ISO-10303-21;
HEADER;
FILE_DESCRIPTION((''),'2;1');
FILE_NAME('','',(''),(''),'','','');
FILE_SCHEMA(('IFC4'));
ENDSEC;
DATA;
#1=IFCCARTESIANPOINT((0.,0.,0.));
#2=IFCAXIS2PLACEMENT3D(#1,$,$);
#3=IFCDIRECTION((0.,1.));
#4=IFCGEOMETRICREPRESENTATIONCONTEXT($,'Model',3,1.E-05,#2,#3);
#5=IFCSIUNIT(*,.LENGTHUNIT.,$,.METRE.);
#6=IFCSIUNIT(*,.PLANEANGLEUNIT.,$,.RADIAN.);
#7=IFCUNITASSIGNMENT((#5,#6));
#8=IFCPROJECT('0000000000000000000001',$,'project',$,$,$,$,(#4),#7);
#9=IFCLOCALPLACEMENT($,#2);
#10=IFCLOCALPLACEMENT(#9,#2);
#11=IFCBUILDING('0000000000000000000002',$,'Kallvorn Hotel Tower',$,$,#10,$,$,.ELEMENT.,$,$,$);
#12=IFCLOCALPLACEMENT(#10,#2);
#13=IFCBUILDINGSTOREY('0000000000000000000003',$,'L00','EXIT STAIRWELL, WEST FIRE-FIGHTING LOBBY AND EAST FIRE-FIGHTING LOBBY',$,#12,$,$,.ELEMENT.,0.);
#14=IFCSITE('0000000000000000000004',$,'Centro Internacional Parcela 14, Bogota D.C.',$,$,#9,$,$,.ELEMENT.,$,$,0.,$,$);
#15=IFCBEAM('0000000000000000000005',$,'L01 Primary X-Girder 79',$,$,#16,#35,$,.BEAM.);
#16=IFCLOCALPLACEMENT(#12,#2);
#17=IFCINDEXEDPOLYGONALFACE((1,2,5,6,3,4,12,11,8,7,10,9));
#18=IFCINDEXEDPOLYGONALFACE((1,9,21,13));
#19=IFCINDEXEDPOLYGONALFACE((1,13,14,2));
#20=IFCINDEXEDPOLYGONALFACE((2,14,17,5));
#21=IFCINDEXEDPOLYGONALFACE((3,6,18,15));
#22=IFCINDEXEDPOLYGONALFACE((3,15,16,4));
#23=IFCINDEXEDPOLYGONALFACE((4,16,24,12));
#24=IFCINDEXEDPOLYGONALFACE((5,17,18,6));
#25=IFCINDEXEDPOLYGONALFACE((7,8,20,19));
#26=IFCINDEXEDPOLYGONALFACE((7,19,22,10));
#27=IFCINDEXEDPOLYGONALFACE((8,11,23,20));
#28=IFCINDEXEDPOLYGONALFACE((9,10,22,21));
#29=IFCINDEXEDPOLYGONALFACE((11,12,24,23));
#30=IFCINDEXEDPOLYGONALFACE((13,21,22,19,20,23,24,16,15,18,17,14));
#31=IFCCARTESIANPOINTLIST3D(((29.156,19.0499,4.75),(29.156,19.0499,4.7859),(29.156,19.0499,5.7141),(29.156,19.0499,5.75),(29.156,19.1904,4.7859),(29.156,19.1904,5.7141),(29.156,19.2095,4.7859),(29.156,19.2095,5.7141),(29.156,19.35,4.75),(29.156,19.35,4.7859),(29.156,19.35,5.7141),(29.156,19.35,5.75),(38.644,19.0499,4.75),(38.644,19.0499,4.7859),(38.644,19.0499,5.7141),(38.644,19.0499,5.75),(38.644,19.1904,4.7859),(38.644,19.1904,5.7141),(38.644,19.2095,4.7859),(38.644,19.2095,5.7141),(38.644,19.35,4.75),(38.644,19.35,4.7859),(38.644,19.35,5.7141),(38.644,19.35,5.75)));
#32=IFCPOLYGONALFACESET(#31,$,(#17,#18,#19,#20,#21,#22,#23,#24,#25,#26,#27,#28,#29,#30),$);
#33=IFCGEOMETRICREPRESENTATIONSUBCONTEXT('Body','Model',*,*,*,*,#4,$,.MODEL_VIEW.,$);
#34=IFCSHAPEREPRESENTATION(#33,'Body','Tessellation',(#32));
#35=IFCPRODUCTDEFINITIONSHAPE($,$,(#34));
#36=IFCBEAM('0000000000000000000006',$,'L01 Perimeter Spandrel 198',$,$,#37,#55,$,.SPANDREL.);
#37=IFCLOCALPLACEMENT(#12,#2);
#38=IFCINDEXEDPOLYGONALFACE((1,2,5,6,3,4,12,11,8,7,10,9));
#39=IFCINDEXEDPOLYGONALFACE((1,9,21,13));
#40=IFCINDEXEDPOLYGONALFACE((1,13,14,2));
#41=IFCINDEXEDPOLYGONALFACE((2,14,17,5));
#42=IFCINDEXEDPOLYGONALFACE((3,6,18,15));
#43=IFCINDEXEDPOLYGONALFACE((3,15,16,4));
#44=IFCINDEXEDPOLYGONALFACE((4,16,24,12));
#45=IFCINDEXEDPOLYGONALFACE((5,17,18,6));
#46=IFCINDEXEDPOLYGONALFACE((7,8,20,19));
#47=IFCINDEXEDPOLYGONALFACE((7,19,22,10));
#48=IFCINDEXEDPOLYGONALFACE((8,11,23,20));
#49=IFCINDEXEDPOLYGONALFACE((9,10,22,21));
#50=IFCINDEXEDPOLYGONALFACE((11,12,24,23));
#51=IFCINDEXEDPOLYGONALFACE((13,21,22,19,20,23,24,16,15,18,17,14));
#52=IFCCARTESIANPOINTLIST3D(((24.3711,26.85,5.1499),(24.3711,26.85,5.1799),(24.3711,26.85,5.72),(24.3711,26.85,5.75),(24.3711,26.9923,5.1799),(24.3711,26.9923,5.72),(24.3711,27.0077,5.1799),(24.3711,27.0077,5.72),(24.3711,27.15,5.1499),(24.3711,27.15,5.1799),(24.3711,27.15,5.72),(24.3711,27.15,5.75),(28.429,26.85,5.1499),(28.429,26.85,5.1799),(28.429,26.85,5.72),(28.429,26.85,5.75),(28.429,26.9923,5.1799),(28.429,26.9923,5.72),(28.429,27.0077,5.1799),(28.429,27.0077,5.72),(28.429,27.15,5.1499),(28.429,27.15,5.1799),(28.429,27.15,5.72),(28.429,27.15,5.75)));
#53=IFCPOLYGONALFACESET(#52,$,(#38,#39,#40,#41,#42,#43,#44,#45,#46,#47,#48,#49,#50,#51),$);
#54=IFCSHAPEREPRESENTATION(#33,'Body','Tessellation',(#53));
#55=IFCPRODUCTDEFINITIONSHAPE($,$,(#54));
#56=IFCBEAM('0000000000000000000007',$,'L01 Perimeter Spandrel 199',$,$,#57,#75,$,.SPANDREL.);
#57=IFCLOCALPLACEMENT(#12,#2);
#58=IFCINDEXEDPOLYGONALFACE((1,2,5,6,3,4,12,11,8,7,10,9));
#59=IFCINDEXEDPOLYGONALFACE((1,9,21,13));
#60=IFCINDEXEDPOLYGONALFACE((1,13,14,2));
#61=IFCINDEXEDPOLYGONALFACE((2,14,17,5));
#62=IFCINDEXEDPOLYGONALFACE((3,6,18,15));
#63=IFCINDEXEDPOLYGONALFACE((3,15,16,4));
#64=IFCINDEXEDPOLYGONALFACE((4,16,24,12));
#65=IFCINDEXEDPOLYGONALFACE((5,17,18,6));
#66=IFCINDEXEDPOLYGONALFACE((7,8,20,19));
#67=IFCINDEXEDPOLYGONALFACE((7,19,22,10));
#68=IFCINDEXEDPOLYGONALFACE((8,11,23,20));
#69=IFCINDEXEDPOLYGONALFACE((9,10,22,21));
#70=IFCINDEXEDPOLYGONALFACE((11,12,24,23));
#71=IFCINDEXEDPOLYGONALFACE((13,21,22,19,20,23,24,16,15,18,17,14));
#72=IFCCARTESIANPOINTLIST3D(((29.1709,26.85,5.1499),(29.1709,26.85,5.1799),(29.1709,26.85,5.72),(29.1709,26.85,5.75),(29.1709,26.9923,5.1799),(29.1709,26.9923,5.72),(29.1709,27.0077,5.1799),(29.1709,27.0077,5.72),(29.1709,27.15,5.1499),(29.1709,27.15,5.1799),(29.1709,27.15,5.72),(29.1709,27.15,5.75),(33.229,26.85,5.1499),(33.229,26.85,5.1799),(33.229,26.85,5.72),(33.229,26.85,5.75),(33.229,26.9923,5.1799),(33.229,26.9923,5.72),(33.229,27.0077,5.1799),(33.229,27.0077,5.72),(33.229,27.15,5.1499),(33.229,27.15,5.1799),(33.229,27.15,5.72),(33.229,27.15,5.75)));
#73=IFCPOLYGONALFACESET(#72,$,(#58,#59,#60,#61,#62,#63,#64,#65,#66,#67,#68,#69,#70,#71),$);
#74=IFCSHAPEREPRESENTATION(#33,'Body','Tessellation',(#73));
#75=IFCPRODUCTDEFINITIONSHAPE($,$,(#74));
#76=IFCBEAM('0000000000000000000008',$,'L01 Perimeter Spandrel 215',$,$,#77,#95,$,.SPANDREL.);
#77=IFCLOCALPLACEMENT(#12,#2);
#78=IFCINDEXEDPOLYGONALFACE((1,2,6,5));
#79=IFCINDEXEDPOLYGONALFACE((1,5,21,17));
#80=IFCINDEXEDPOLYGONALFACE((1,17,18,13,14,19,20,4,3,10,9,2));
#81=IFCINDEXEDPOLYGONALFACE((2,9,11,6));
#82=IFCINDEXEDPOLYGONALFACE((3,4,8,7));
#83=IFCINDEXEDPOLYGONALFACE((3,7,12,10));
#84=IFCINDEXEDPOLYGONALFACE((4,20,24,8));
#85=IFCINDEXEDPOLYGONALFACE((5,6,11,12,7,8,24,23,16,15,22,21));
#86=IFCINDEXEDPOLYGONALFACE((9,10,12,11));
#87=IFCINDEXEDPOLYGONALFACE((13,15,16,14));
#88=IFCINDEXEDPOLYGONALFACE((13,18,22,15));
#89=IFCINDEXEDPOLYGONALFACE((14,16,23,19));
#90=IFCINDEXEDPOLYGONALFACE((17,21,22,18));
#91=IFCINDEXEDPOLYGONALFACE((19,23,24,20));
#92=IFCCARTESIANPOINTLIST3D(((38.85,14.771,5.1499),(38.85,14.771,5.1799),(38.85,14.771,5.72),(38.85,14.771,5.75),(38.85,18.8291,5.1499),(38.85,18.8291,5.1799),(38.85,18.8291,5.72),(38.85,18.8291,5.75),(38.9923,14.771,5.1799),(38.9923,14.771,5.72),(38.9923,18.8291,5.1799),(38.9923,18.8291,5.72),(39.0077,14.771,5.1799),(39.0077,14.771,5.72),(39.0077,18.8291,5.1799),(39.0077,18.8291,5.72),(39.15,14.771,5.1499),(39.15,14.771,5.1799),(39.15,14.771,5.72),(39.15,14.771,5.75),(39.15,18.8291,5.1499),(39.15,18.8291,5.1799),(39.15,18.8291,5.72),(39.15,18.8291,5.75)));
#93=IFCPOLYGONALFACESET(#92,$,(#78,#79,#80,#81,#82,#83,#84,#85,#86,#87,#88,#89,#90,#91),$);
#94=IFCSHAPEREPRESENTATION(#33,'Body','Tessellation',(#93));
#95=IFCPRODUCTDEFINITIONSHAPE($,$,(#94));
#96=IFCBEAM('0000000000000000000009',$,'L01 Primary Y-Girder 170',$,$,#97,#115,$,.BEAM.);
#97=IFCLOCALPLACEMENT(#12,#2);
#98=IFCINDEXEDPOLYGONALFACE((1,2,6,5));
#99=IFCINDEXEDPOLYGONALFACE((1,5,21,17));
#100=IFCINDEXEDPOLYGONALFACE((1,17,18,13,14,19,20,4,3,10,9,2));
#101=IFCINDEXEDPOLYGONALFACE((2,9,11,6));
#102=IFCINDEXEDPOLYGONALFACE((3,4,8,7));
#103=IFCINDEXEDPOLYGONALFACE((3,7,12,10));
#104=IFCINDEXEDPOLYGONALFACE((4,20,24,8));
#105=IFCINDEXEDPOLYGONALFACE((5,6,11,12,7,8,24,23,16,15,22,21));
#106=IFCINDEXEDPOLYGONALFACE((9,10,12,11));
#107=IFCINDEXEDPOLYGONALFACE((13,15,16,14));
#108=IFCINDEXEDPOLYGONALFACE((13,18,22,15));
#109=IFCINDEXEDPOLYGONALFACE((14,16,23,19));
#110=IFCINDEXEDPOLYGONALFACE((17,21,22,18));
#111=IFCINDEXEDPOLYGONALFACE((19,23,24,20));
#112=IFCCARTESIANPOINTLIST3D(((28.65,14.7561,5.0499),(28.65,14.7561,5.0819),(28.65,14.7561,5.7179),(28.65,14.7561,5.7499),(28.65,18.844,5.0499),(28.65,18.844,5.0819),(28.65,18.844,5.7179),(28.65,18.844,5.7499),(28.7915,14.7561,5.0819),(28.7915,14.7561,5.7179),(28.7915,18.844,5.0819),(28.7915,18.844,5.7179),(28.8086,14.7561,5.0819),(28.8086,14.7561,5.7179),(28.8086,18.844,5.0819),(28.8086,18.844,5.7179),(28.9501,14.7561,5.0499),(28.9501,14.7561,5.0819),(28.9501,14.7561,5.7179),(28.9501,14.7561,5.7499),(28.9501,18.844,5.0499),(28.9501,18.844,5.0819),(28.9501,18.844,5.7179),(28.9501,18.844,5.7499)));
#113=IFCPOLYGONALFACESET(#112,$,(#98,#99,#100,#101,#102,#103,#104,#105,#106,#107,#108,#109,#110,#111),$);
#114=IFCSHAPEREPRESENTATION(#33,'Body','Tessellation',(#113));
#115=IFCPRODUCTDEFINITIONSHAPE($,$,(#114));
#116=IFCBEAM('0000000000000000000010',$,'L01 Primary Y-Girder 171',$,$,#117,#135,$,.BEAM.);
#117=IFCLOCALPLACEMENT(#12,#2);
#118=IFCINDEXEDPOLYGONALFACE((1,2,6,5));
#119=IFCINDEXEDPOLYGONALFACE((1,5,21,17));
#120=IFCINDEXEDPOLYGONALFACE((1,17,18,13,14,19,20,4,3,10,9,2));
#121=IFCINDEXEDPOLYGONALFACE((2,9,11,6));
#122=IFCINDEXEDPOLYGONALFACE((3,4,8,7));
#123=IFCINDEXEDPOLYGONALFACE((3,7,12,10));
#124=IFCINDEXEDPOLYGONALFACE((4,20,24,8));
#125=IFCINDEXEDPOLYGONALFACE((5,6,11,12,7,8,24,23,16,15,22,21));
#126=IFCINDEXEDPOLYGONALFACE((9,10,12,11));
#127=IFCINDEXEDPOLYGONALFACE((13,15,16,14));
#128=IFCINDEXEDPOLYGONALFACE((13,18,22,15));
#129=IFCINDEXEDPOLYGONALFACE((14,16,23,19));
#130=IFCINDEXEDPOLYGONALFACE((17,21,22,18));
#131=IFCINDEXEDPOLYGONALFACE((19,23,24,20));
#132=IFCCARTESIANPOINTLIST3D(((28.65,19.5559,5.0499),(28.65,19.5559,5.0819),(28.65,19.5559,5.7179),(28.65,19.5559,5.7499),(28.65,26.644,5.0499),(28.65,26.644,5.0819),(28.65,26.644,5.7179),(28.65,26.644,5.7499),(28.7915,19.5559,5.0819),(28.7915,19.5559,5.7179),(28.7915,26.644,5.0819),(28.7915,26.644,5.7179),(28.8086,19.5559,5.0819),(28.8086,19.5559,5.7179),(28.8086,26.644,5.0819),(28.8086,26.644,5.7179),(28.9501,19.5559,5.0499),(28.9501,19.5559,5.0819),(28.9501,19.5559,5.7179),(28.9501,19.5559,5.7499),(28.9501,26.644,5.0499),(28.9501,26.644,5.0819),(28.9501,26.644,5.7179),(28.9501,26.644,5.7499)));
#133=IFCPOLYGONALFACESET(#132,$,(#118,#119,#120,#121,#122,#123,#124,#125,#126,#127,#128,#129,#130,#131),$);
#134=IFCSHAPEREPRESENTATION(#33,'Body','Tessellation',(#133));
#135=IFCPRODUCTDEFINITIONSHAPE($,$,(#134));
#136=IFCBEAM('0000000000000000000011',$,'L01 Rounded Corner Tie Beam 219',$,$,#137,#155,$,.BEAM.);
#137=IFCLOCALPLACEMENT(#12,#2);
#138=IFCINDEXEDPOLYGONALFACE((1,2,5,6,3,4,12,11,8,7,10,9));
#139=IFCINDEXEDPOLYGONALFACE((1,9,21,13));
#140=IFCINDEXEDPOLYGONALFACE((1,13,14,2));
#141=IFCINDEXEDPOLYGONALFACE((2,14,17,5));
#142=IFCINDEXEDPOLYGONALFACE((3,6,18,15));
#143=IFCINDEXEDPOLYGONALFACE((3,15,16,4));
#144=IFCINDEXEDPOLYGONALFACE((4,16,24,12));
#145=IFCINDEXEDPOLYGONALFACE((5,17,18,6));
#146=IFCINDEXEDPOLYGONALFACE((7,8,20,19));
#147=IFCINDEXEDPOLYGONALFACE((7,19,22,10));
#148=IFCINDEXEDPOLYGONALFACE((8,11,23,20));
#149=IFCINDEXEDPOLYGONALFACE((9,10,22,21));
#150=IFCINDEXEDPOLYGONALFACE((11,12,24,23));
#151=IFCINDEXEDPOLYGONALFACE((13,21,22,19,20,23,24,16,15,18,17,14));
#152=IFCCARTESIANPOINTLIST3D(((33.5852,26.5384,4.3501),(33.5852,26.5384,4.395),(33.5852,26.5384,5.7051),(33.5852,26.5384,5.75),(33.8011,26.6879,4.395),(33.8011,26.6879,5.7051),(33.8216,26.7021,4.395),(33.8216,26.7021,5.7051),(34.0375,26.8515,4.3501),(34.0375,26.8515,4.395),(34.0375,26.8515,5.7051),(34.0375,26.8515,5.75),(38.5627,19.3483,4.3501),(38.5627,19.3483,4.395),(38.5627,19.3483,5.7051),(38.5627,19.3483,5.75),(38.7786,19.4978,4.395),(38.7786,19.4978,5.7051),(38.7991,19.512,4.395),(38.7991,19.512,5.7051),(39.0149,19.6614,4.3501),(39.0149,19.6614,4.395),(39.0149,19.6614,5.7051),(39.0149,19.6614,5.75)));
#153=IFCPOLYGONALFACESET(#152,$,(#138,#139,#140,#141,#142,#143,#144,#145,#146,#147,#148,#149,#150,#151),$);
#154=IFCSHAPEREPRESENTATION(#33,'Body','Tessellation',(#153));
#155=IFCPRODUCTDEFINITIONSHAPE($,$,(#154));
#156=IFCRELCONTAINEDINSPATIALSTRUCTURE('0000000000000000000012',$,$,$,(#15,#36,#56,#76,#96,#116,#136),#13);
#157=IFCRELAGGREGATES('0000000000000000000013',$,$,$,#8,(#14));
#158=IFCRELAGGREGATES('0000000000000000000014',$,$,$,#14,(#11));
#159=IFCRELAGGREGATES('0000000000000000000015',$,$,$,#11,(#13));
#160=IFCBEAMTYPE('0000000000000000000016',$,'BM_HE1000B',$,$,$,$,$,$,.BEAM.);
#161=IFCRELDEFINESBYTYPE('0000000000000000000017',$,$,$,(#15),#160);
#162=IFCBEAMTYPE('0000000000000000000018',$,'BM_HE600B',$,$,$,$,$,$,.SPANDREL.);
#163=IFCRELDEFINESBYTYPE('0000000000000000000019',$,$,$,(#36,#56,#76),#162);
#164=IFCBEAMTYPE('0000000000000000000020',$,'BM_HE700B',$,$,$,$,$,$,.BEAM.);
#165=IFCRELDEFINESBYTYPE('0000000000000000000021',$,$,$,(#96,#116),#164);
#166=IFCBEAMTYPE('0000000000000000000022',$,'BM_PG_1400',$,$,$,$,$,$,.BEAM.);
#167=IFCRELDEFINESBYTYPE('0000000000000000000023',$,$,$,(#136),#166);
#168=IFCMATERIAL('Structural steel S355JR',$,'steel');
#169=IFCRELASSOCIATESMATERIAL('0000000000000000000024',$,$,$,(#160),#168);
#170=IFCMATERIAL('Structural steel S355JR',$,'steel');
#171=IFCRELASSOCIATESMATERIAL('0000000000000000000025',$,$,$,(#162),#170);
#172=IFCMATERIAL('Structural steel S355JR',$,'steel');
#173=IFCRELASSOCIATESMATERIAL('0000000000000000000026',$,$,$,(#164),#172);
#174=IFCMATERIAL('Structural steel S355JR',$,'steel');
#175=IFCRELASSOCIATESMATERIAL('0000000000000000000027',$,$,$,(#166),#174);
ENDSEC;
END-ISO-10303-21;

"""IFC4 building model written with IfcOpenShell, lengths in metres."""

from ifc_helpers import new_model, si_unit, direction, frame, origin, origin_2d, place, context, subcontext, project, spatial, i_section, extrude, material, material_profile, profile_set, type_object, element, save


model = new_model("IFC4")

# Units and contexts
model_context = context("Model", 3, precision=1e-05, world=origin(), true_north=direction((0.0, 1.0)))
body_context = subcontext(model_context, "Body", "Model", "MODEL_VIEW")
ifc_project = project(units=[si_unit("LENGTHUNIT", "METRE"), si_unit("PLANEANGLEUNIT", "RADIAN")], contexts=[model_context])

# Site, building, storey
site_placement = place(None, origin())
site = spatial("IfcSite", under=ifc_project, at=site_placement, Name="Centro Internacional Parcela 14, Bogota D.C.", CompositionType="ELEMENT", RefElevation=0.0)
building_placement = place(site_placement, origin())
building = spatial("IfcBuilding", under=site, at=building_placement, Name="Kallvorn Hotel Tower", CompositionType="ELEMENT")
storey_placement = place(building_placement, origin())
storey = spatial("IfcBuildingStorey", under=building, at=storey_placement, Name="L00", Description="EXIT STAIRWELL, WEST FIRE-FIGHTING LOBBY AND EAST FIRE-FIGHTING LOBBY", CompositionType="ELEMENT", Elevation=0.0)

# Beams
ifc_material_1 = material(Name="Structural steel S355JR", Category="steel")
ifc_material_profile_1 = material_profile(ifc_material_1, i_section(OverallWidth=0.3, OverallDepth=1.0, WebThickness=0.019, FlangeThickness=0.0359, at=origin_2d()), Name="HE 1000 B")
ifc_profile_set_1 = profile_set([ifc_material_profile_1], Name="Structural steel S355JR")
beam_type_1 = type_object("IfcBeamType", Name="BM_HE1000B", PredefinedType="BEAM", material=ifc_profile_set_1)
for number, where, z_axis, x_axis, name in (
    (1, (29.156, 19.2, 5.25), (1.0, 0.0, 0.0), (0.0, 1.0, 0.0), "L01 Primary X-Girder 79"),
):
    element("IfcBeam", number, at=place(storey_placement, frame(where, z_axis=z_axis, x_axis=x_axis)), inside=storey, type_object=beam_type_1, Name=name, PredefinedType="BEAM", context=body_context, shape_type="SweptSolid", body=[
        extrude(i_section(OverallWidth=0.3, OverallDepth=1.0, WebThickness=0.019, FlangeThickness=0.0359, at=origin_2d()), origin(), (0.0, 0.0, 1.0), 9.488),
    ])
ifc_material_2 = material(Name="Structural steel S355JR", Category="steel")
ifc_material_profile_2 = material_profile(ifc_material_2, i_section(OverallWidth=0.3, OverallDepth=0.6001, WebThickness=0.0154, FlangeThickness=0.03, at=origin_2d()), Name="HE 600 B")
ifc_profile_set_2 = profile_set([ifc_material_profile_2], Name="Structural steel S355JR")
beam_type_2 = type_object("IfcBeamType", Name="BM_HE600B", PredefinedType="SPANDREL", material=ifc_profile_set_2)
beam_1_placement = place(storey_placement, frame((24.3711, 27.0, 5.45), z_axis=(1.0, 0.0, 0.0), x_axis=(0.0, 1.0, 0.0)))
element("IfcBeam", 2, at=beam_1_placement, inside=storey, type_object=beam_type_2, Name="L01 Perimeter Spandrel 198", PredefinedType="SPANDREL", context=body_context, shape_type="SweptSolid", body=[
    extrude(i_section(OverallWidth=0.3, OverallDepth=0.6001, WebThickness=0.0154, FlangeThickness=0.03, at=origin_2d()), origin(), (0.0, 0.0, 1.0), 4.0579),
])
for number, where, z_axis, x_axis, name in (
    (3, (29.1709, 27.0, 5.45), (1.0, 0.0, 0.0), (0.0, 1.0, 0.0), "L01 Perimeter Spandrel 199"),
    (4, (39.0, 14.771, 5.45), (0.0, 1.0, 0.0), (-1.0, 0.0, 0.0), "L01 Perimeter Spandrel 215"),
):
    element("IfcBeam", number, at=place(storey_placement, frame(where, z_axis=z_axis, x_axis=x_axis)), inside=storey, type_object=beam_type_2, Name=name, PredefinedType="SPANDREL", context=body_context, shape_type="SweptSolid", body=[
        extrude(i_section(OverallWidth=0.3, OverallDepth=0.6001, WebThickness=0.0154, FlangeThickness=0.03, at=origin_2d()), origin(), (0.0, 0.0, 1.0), 4.0581),
    ])
ifc_material_3 = material(Name="Structural steel S355JR", Category="steel")
ifc_material_profile_3 = material_profile(ifc_material_3, i_section(OverallWidth=0.3, OverallDepth=0.7, WebThickness=0.0171, FlangeThickness=0.032, at=origin_2d()), Name="HE 700 B")
ifc_profile_set_3 = profile_set([ifc_material_profile_3], Name="Structural steel S355JR")
beam_type_3 = type_object("IfcBeamType", Name="BM_HE700B", PredefinedType="BEAM", material=ifc_profile_set_3)
beam_2_placement = place(storey_placement, frame((28.8, 14.7561, 5.3999), z_axis=(0.0, 1.0, 0.0), x_axis=(-1.0, 0.0, 0.0)))
element("IfcBeam", 5, at=beam_2_placement, inside=storey, type_object=beam_type_3, Name="L01 Primary Y-Girder 170", PredefinedType="BEAM", context=body_context, shape_type="SweptSolid", body=[
    extrude(i_section(OverallWidth=0.3, OverallDepth=0.7, WebThickness=0.0171, FlangeThickness=0.032, at=origin_2d()), origin(), (0.0, 0.0, 1.0), 4.0879),
])
beam_3_placement = place(storey_placement, frame((28.8, 19.5559, 5.3999), z_axis=(0.0, 1.0, 0.0), x_axis=(-1.0, 0.0, 0.0)))
element("IfcBeam", 6, at=beam_3_placement, inside=storey, type_object=beam_type_3, Name="L01 Primary Y-Girder 171", PredefinedType="BEAM", context=body_context, shape_type="SweptSolid", body=[
    extrude(i_section(OverallWidth=0.3, OverallDepth=0.7, WebThickness=0.0171, FlangeThickness=0.032, at=origin_2d()), origin(), (0.0, 0.0, 1.0), 7.0881),
])
ifc_material_4 = material(Name="Structural steel S355JR", Category="steel")
ifc_material_profile_4 = material_profile(ifc_material_4, i_section(OverallWidth=0.55, OverallDepth=1.3999, WebThickness=0.0249, FlangeThickness=0.0449, at=origin_2d()), Name="PG 1400x550x25x45")
ifc_profile_set_4 = profile_set([ifc_material_profile_4], Name="Structural steel S355JR")
beam_type_4 = type_object("IfcBeamType", Name="BM_PG_1400", PredefinedType="BEAM", material=ifc_profile_set_4)
beam_4_placement = place(storey_placement, frame((38.7888, 19.5049, 5.05), z_axis=(-0.569188, 0.822207, 0.0), x_axis=(-0.822207, -0.569188, 0.0)))
element("IfcBeam", 7, at=beam_4_placement, inside=storey, type_object=beam_type_4, Name="L01 Rounded Corner Tie Beam 219", PredefinedType="BEAM", context=body_context, shape_type="SweptSolid", body=[
    extrude(i_section(OverallWidth=0.55, OverallDepth=1.3999, WebThickness=0.0249, FlangeThickness=0.0449, at=origin_2d()), origin(), (0.0, 0.0, 1.0), 8.7449),
])

save(model, "model.ifc")
